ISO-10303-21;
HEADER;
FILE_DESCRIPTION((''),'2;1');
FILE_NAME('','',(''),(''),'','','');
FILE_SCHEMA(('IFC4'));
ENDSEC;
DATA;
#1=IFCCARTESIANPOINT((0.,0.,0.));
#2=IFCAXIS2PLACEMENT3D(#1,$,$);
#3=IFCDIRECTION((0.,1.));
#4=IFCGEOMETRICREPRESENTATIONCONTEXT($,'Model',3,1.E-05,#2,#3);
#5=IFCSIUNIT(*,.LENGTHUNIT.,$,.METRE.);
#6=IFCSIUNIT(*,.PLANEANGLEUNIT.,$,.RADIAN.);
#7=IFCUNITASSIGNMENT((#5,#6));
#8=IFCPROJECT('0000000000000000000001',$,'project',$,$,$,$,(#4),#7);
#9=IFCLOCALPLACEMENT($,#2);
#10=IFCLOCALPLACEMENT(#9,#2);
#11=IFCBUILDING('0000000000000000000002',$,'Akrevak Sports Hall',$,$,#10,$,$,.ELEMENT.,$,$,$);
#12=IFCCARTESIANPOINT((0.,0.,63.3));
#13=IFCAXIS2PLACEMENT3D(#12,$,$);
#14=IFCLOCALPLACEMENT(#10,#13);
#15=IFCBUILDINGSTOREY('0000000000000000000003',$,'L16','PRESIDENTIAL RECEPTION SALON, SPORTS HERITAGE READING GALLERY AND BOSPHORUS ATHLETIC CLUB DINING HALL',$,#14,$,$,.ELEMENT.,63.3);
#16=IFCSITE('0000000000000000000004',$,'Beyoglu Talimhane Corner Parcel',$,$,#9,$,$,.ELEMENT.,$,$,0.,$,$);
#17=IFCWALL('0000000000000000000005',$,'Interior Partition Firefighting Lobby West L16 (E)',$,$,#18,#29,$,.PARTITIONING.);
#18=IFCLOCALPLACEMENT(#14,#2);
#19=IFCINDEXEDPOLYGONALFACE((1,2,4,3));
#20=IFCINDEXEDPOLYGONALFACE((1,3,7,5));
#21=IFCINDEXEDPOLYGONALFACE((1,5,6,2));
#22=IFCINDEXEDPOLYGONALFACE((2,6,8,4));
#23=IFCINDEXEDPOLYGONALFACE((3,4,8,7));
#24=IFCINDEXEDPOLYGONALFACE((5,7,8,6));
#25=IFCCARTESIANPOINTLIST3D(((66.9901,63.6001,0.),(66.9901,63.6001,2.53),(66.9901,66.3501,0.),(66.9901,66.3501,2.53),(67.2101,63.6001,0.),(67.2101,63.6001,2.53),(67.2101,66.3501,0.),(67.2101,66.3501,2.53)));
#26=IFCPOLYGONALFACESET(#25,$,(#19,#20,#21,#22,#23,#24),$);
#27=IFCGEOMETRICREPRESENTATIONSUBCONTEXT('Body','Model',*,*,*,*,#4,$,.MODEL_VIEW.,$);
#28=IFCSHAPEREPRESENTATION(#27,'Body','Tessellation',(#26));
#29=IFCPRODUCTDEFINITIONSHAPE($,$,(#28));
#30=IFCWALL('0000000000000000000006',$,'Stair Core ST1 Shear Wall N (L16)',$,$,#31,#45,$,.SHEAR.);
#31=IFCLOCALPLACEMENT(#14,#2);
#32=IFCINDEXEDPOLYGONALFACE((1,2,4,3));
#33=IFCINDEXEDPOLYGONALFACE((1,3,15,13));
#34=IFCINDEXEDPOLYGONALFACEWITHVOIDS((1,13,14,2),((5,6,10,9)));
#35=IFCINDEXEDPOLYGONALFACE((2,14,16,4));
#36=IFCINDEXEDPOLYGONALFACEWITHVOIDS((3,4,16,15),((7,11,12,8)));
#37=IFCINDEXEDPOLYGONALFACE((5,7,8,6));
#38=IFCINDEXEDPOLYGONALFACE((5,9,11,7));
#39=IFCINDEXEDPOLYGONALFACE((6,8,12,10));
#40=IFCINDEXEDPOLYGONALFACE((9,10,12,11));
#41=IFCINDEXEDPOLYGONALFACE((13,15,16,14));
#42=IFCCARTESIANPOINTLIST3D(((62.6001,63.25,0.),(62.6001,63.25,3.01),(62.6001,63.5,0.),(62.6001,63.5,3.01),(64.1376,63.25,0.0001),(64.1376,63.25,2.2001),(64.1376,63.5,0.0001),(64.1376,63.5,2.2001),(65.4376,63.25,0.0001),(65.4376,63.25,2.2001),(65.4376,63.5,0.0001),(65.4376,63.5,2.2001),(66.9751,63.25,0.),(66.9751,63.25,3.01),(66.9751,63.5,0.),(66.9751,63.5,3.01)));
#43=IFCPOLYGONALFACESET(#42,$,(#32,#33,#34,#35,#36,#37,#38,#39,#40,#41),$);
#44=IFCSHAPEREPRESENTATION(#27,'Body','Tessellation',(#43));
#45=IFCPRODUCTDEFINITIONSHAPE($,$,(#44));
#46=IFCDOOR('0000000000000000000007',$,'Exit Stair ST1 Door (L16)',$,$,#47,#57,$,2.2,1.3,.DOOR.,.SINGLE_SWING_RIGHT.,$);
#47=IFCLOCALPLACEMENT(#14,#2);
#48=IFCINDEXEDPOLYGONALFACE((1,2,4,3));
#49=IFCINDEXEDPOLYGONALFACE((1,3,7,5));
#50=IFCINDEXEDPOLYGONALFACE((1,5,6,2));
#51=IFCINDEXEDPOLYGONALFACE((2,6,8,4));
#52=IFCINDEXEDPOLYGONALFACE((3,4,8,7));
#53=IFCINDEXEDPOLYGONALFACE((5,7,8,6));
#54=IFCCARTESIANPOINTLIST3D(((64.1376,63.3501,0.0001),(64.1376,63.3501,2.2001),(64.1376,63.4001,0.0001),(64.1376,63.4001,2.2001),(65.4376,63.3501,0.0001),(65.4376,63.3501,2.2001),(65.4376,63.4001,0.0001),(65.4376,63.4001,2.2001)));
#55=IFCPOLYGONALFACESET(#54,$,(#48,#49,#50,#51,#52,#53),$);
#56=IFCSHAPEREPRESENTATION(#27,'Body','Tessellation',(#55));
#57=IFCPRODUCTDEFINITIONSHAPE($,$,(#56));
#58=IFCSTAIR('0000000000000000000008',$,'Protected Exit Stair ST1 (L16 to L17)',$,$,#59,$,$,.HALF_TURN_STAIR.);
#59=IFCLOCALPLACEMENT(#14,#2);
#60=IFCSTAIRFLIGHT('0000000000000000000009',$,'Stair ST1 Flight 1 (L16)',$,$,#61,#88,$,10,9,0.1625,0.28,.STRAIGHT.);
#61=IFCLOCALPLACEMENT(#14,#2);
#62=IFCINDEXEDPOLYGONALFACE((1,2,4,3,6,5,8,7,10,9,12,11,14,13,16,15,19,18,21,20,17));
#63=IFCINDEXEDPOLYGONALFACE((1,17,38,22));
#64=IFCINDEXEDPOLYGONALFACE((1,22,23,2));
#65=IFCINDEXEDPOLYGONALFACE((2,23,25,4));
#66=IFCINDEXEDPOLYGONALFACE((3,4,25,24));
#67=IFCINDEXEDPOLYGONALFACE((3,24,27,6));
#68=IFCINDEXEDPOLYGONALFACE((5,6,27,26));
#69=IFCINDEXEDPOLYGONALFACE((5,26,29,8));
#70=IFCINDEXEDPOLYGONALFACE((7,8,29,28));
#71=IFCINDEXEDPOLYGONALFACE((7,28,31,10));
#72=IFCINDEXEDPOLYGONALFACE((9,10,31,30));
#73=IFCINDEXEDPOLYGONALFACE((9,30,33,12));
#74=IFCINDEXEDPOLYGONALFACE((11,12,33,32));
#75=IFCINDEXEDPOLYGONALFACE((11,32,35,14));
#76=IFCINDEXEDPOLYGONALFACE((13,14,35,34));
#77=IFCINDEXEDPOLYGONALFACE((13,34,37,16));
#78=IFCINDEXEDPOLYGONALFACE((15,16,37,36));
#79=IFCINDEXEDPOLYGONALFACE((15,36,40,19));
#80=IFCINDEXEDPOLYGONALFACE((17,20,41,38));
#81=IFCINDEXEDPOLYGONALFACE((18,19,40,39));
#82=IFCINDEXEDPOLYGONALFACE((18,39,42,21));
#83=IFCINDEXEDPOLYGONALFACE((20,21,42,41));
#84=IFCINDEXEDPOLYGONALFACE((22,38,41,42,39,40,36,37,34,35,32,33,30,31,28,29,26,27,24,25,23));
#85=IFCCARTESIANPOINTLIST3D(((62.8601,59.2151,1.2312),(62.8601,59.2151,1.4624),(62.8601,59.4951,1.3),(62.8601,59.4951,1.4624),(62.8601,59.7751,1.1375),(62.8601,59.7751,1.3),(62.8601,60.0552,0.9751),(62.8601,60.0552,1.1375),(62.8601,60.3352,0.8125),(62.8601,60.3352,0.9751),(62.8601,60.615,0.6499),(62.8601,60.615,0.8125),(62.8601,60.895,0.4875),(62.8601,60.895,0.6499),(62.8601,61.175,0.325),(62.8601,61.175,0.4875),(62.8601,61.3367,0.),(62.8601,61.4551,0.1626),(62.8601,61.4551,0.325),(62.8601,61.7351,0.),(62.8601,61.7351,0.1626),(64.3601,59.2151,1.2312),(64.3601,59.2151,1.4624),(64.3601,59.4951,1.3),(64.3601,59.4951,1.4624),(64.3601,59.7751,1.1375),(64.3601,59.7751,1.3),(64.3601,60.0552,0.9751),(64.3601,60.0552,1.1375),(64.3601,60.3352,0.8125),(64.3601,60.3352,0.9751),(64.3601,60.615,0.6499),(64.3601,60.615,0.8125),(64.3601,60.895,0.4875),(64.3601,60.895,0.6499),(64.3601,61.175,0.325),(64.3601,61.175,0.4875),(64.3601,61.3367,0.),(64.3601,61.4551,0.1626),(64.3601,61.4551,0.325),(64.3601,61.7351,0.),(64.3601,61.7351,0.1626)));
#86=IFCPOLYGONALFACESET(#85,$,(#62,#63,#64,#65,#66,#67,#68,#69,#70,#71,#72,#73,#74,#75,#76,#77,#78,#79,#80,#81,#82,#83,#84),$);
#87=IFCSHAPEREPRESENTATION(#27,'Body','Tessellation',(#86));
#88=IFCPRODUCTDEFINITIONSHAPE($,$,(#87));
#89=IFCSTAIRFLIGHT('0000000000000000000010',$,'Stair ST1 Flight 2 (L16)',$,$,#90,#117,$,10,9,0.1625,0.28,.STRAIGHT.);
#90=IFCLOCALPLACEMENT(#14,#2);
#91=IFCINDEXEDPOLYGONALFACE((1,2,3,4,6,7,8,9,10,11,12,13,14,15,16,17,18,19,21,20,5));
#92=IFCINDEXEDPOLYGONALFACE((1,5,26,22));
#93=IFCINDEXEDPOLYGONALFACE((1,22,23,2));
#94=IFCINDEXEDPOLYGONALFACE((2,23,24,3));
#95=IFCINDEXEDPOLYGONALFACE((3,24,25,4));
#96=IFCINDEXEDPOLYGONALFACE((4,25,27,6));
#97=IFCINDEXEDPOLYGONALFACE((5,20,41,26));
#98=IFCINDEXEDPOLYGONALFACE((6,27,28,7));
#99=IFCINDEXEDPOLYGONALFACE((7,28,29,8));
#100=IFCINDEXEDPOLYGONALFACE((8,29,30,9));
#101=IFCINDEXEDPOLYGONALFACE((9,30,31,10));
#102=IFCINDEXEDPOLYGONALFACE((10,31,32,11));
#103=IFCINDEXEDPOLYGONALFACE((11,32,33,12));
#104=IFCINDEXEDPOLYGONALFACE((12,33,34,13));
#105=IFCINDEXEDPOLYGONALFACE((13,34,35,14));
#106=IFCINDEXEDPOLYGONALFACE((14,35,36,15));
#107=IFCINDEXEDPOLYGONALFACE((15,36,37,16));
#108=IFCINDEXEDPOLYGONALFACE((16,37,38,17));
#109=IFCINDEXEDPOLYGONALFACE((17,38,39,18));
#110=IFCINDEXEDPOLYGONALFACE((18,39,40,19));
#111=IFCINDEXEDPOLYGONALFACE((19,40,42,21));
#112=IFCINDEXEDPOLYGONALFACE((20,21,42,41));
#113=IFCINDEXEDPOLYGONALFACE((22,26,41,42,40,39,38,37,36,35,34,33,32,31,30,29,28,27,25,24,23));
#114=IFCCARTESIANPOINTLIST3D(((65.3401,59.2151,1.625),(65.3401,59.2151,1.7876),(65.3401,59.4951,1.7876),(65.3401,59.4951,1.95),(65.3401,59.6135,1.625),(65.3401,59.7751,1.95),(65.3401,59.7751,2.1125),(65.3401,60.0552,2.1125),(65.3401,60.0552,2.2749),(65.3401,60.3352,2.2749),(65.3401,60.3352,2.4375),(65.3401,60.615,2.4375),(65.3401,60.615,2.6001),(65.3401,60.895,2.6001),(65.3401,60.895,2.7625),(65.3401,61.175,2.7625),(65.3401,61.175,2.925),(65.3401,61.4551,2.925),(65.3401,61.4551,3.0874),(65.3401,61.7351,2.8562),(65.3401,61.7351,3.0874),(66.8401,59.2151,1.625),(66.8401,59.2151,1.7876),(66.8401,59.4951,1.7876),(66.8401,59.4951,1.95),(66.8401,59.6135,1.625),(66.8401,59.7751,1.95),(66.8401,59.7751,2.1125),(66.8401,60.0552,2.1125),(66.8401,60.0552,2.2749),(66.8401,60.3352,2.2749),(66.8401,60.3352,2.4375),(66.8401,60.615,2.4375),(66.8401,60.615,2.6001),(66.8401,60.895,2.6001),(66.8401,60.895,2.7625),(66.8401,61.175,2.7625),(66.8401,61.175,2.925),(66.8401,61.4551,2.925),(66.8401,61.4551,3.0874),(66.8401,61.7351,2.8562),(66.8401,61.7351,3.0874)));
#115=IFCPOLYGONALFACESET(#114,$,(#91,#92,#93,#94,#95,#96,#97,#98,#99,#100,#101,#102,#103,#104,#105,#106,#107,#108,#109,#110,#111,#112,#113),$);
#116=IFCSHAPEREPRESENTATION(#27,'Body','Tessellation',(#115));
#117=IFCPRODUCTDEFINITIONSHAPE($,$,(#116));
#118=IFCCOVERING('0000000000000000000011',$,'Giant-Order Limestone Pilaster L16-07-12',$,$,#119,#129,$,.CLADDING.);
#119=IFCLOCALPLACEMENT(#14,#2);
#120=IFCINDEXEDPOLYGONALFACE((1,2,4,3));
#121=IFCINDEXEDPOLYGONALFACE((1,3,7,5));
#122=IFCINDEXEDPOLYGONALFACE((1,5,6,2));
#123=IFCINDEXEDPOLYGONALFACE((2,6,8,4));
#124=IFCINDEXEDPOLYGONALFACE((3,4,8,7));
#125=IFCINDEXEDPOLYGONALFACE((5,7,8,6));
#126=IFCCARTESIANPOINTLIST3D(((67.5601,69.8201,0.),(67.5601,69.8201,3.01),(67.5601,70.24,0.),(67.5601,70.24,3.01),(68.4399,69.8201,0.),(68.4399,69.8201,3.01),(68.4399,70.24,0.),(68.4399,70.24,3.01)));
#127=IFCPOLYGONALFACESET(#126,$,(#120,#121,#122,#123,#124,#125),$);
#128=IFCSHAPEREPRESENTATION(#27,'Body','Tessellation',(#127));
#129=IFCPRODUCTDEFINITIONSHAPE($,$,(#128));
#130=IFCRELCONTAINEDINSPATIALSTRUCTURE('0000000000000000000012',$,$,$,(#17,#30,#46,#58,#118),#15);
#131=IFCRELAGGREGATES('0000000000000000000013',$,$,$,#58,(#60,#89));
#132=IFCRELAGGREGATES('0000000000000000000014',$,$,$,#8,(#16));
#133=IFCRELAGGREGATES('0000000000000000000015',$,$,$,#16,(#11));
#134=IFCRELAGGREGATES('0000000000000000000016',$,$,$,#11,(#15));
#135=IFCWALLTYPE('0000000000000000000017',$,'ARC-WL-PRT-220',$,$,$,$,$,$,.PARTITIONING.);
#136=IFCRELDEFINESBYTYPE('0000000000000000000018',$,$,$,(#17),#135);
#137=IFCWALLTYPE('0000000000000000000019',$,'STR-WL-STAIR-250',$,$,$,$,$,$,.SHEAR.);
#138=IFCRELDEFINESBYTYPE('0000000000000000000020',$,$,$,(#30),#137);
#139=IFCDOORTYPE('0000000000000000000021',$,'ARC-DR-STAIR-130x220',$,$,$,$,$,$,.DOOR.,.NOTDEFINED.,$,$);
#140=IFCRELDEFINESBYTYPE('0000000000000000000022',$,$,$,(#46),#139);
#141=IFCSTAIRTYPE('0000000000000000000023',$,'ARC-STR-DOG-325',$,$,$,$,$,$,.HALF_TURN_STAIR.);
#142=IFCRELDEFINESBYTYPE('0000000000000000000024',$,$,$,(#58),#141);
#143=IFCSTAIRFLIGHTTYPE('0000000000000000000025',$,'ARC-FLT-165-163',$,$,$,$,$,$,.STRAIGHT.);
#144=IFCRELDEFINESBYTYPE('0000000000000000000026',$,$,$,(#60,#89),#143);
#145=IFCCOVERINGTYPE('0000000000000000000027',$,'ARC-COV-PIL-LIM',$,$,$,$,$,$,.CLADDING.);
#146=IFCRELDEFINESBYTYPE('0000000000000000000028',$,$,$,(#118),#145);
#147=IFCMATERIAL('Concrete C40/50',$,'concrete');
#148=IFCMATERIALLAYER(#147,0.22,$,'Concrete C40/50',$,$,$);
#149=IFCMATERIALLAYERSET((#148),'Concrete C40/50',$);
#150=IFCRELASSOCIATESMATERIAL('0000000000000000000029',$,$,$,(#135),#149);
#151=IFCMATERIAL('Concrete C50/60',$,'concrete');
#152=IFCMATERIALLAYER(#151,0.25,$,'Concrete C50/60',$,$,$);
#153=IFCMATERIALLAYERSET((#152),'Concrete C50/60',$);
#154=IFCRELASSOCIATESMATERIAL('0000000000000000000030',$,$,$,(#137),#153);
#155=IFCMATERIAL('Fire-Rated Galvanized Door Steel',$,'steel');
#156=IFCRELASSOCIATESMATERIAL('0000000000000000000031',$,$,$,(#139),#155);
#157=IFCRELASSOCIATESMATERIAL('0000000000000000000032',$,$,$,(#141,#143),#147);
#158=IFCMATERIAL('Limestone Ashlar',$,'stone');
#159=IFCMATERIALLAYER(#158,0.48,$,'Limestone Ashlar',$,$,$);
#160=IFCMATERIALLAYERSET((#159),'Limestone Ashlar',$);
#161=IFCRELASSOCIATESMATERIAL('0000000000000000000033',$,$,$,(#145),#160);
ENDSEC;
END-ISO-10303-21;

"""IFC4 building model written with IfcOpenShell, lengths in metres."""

from ifc_helpers import new_model, si_unit, direction, frame, frame_2d, origin, origin_2d, place, context, subcontext, project, spatial, polyline, rectangle, outline, extrude, material, layer, layer_set, type_object, element, fill, aggregate, save


model = new_model("IFC4")

# Units and contexts
model_context = context("Model", 3, precision=1e-05, world=origin(), true_north=direction((0.0, 1.0)))
body_context = subcontext(model_context, "Body", "Model", "MODEL_VIEW")
ifc_project = project(units=[si_unit("LENGTHUNIT", "METRE"), si_unit("PLANEANGLEUNIT", "RADIAN")], contexts=[model_context])

# Site, building, storey
site_placement = place(None, origin())
site = spatial("IfcSite", under=ifc_project, at=site_placement, Name="Beyoglu Talimhane Corner Parcel", CompositionType="ELEMENT", RefElevation=0.0)
building_placement = place(site_placement, origin())
building = spatial("IfcBuilding", under=site, at=building_placement, Name="Akrevak Sports Hall", CompositionType="ELEMENT")
storey_placement = place(building_placement, frame((0.0, 0.0, 63.3)))
storey = spatial("IfcBuildingStorey", under=building, at=storey_placement, Name="L16", Description="PRESIDENTIAL RECEPTION SALON, SPORTS HERITAGE READING GALLERY AND BOSPHORUS ATHLETIC CLUB DINING HALL", CompositionType="ELEMENT", Elevation=63.3)

# Shared definitions
ifc_material_1 = material(Name="Concrete C40/50", Category="concrete")

# Wall
ifc_layer_1 = layer(ifc_material_1, 0.22, Name="Concrete C40/50")
ifc_layer_set_1 = layer_set([ifc_layer_1], Name="Concrete C40/50")
wall_type_1 = type_object("IfcWallType", Name="ARC-WL-PRT-220", PredefinedType="PARTITIONING", material=ifc_layer_set_1)
wall_1_placement = place(storey_placement, frame((67.1001, 63.6001, 0.0), z_axis=(0.0, 0.0, 1.0), x_axis=(0.0, 1.0, 0.0)))
element("IfcWall", 1, at=wall_1_placement, inside=storey, type_object=wall_type_1, Name="Interior Partition Firefighting Lobby West L16 (E)", PredefinedType="PARTITIONING", context=body_context, shape_type="SweptSolid", body=[
    extrude(rectangle(XDim=2.75, YDim=0.22, at=frame_2d((1.375, 0.0))), origin(), (0.0, 0.0, 1.0), 2.53),
])

# Wall, opening, door
ifc_material_2 = material(Name="Concrete C50/60", Category="concrete")
ifc_layer_2 = layer(ifc_material_2, 0.25, Name="Concrete C50/60")
ifc_layer_set_2 = layer_set([ifc_layer_2], Name="Concrete C50/60")
wall_type_2 = type_object("IfcWallType", Name="STR-WL-STAIR-250", PredefinedType="SHEAR", material=ifc_layer_set_2)
wall_2_placement = place(storey_placement, frame((66.9751, 63.375, 0.0), z_axis=(0.0, 0.0, 1.0), x_axis=(-1.0, 0.0, 0.0)))
wall_2 = element("IfcWall", 2, at=wall_2_placement, inside=storey, type_object=wall_type_2, Name="Stair Core ST1 Shear Wall N (L16)", PredefinedType="SHEAR", context=body_context, shape_type="SweptSolid", body=[
    extrude(rectangle(XDim=4.375, YDim=0.25, at=frame_2d((2.1875, 0.0))), origin(), (0.0, 0.0, 1.0), 3.01),
])
opening_placement = place(wall_2_placement, frame((1.5376, 0.0, 0.0)))
opening = element("IfcOpeningElement", 3, at=opening_placement, cuts=wall_2, PredefinedType="OPENING", context=body_context, shape_type="SweptSolid", body=[
    extrude(rectangle(XDim=1.3, YDim=2.2, at=frame_2d((0.6499, 1.1001))), frame((0.0, 0.137, 0.0), z_axis=(0.0, -1.0, 0.0), x_axis=(1.0, 0.0, 0.0)), (0.0, 0.0, 1.0), 0.2739),
])
ifc_material_3 = material(Name="Fire-Rated Galvanized Door Steel", Category="steel")
door_type = type_object("IfcDoorType", Name="ARC-DR-STAIR-130x220", OperationType="NOTDEFINED", PredefinedType="DOOR", material=ifc_material_3)
door_placement = place(opening_placement, origin())
door = element("IfcDoor", 4, at=door_placement, inside=storey, type_object=door_type, Name="Exit Stair ST1 Door (L16)", OperationType="SINGLE_SWING_RIGHT", OverallHeight=2.2, OverallWidth=1.3, PredefinedType="DOOR", context=body_context, shape_type="SweptSolid", body=[
    extrude(rectangle(XDim=1.3, YDim=2.2, at=frame_2d((0.6499, 1.1001))), frame((0.0, 0.0249, 0.0), z_axis=(0.0, -1.0, 0.0), x_axis=(1.0, 0.0, 0.0)), (0.0, 0.0, 1.0), 0.05),
])
fill(opening, door)

# Stair, stair flights
stair_type = type_object("IfcStairType", Name="ARC-STR-DOG-325", PredefinedType="HALF_TURN_STAIR", material=ifc_material_1)
stair_placement = place(storey_placement, origin())
stair = element("IfcStair", 5, at=stair_placement, inside=storey, type_object=stair_type, Name="Protected Exit Stair ST1 (L16 to L17)", PredefinedType="HALF_TURN_STAIR")
stair_flight_type = type_object("IfcStairFlightType", Name="ARC-FLT-165-163", PredefinedType="STRAIGHT", material=ifc_material_1)
stair_flight_1_placement = place(storey_placement, frame((63.6101, 61.7351, 0.0), z_axis=(0.0, 0.0, 1.0), x_axis=(0.0, -1.0, 0.0)))
stair_flight_1 = element("IfcStairFlight", 6, at=stair_flight_1_placement, type_object=stair_flight_type, Name="Stair ST1 Flight 1 (L16)", NumberOfRisers=10, NumberOfTreads=9, PredefinedType="STRAIGHT", RiserHeight=0.1625, TreadLength=0.28, context=body_context, shape_type="SweptSolid", body=[
    extrude(outline(polyline([(0.0, 0.0), (0.0, 0.1626), (0.28, 0.1626), (0.28, 0.325), (0.5601, 0.325), (0.5601, 0.4875), (0.8401, 0.4875), (0.8401, 0.6499), (1.1201, 0.6499), (1.1201, 0.8125), (1.3999, 0.8125), (1.3999, 0.9751), (1.6799, 0.9751), (1.6799, 1.1375), (1.96, 1.1375), (1.96, 1.3), (2.24, 1.3), (2.24, 1.4624), (2.52, 1.4624), (2.52, 1.625), (2.52, 1.2312), (0.3984, 0.0), (0.0, 0.0)])), frame((0.0, 0.75, 0.0), z_axis=(0.0, -1.0, 0.0), x_axis=(1.0, 0.0, 0.0)), (0.0, 0.0, 1.0), 1.5),
])
stair_flight_2_placement = place(storey_placement, frame((66.0901, 59.2151, 1.625), z_axis=(0.0, 0.0, 1.0), x_axis=(0.0, 1.0, 0.0)))
stair_flight_2 = element("IfcStairFlight", 7, at=stair_flight_2_placement, type_object=stair_flight_type, Name="Stair ST1 Flight 2 (L16)", NumberOfRisers=10, NumberOfTreads=9, PredefinedType="STRAIGHT", RiserHeight=0.1625, TreadLength=0.28, context=body_context, shape_type="SweptSolid", body=[
    extrude(outline(polyline([(0.0, 0.0), (0.0, 0.1626), (0.28, 0.1626), (0.28, 0.325), (0.5601, 0.325), (0.5601, 0.4875), (0.8401, 0.4875), (0.8401, 0.6499), (1.1201, 0.6499), (1.1201, 0.8125), (1.3999, 0.8125), (1.3999, 0.9751), (1.6799, 0.9751), (1.6799, 1.1375), (1.96, 1.1375), (1.96, 1.3), (2.24, 1.3), (2.24, 1.4624), (2.52, 1.4624), (2.52, 1.625), (2.52, 1.2312), (0.3984, 0.0), (0.0, 0.0)])), frame((0.0, 0.75, 0.0), z_axis=(0.0, -1.0, 0.0), x_axis=(1.0, 0.0, 0.0)), (0.0, 0.0, 1.0), 1.5),
])
aggregate(stair, [stair_flight_1, stair_flight_2])

# Covering
ifc_material_4 = material(Name="Limestone Ashlar", Category="stone")
ifc_layer_3 = layer(ifc_material_4, 0.48, Name="Limestone Ashlar")
ifc_layer_set_3 = layer_set([ifc_layer_3], Name="Limestone Ashlar")
covering_type = type_object("IfcCoveringType", Name="ARC-COV-PIL-LIM", PredefinedType="CLADDING", material=ifc_layer_set_3)
covering_placement = place(storey_placement, frame((68.0, 70.03, 0.0), z_axis=(0.0, 0.0, 1.0), x_axis=(-1.0, 0.0, 0.0)))
element("IfcCovering", 8, at=covering_placement, inside=storey, type_object=covering_type, Name="Giant-Order Limestone Pilaster L16-07-12", PredefinedType="CLADDING", context=body_context, shape_type="SweptSolid", body=[
    extrude(rectangle(XDim=0.8799, YDim=0.4199, at=origin_2d()), origin(), (0.0, 0.0, 1.0), 3.01),
])

save(model, "model.ifc")
